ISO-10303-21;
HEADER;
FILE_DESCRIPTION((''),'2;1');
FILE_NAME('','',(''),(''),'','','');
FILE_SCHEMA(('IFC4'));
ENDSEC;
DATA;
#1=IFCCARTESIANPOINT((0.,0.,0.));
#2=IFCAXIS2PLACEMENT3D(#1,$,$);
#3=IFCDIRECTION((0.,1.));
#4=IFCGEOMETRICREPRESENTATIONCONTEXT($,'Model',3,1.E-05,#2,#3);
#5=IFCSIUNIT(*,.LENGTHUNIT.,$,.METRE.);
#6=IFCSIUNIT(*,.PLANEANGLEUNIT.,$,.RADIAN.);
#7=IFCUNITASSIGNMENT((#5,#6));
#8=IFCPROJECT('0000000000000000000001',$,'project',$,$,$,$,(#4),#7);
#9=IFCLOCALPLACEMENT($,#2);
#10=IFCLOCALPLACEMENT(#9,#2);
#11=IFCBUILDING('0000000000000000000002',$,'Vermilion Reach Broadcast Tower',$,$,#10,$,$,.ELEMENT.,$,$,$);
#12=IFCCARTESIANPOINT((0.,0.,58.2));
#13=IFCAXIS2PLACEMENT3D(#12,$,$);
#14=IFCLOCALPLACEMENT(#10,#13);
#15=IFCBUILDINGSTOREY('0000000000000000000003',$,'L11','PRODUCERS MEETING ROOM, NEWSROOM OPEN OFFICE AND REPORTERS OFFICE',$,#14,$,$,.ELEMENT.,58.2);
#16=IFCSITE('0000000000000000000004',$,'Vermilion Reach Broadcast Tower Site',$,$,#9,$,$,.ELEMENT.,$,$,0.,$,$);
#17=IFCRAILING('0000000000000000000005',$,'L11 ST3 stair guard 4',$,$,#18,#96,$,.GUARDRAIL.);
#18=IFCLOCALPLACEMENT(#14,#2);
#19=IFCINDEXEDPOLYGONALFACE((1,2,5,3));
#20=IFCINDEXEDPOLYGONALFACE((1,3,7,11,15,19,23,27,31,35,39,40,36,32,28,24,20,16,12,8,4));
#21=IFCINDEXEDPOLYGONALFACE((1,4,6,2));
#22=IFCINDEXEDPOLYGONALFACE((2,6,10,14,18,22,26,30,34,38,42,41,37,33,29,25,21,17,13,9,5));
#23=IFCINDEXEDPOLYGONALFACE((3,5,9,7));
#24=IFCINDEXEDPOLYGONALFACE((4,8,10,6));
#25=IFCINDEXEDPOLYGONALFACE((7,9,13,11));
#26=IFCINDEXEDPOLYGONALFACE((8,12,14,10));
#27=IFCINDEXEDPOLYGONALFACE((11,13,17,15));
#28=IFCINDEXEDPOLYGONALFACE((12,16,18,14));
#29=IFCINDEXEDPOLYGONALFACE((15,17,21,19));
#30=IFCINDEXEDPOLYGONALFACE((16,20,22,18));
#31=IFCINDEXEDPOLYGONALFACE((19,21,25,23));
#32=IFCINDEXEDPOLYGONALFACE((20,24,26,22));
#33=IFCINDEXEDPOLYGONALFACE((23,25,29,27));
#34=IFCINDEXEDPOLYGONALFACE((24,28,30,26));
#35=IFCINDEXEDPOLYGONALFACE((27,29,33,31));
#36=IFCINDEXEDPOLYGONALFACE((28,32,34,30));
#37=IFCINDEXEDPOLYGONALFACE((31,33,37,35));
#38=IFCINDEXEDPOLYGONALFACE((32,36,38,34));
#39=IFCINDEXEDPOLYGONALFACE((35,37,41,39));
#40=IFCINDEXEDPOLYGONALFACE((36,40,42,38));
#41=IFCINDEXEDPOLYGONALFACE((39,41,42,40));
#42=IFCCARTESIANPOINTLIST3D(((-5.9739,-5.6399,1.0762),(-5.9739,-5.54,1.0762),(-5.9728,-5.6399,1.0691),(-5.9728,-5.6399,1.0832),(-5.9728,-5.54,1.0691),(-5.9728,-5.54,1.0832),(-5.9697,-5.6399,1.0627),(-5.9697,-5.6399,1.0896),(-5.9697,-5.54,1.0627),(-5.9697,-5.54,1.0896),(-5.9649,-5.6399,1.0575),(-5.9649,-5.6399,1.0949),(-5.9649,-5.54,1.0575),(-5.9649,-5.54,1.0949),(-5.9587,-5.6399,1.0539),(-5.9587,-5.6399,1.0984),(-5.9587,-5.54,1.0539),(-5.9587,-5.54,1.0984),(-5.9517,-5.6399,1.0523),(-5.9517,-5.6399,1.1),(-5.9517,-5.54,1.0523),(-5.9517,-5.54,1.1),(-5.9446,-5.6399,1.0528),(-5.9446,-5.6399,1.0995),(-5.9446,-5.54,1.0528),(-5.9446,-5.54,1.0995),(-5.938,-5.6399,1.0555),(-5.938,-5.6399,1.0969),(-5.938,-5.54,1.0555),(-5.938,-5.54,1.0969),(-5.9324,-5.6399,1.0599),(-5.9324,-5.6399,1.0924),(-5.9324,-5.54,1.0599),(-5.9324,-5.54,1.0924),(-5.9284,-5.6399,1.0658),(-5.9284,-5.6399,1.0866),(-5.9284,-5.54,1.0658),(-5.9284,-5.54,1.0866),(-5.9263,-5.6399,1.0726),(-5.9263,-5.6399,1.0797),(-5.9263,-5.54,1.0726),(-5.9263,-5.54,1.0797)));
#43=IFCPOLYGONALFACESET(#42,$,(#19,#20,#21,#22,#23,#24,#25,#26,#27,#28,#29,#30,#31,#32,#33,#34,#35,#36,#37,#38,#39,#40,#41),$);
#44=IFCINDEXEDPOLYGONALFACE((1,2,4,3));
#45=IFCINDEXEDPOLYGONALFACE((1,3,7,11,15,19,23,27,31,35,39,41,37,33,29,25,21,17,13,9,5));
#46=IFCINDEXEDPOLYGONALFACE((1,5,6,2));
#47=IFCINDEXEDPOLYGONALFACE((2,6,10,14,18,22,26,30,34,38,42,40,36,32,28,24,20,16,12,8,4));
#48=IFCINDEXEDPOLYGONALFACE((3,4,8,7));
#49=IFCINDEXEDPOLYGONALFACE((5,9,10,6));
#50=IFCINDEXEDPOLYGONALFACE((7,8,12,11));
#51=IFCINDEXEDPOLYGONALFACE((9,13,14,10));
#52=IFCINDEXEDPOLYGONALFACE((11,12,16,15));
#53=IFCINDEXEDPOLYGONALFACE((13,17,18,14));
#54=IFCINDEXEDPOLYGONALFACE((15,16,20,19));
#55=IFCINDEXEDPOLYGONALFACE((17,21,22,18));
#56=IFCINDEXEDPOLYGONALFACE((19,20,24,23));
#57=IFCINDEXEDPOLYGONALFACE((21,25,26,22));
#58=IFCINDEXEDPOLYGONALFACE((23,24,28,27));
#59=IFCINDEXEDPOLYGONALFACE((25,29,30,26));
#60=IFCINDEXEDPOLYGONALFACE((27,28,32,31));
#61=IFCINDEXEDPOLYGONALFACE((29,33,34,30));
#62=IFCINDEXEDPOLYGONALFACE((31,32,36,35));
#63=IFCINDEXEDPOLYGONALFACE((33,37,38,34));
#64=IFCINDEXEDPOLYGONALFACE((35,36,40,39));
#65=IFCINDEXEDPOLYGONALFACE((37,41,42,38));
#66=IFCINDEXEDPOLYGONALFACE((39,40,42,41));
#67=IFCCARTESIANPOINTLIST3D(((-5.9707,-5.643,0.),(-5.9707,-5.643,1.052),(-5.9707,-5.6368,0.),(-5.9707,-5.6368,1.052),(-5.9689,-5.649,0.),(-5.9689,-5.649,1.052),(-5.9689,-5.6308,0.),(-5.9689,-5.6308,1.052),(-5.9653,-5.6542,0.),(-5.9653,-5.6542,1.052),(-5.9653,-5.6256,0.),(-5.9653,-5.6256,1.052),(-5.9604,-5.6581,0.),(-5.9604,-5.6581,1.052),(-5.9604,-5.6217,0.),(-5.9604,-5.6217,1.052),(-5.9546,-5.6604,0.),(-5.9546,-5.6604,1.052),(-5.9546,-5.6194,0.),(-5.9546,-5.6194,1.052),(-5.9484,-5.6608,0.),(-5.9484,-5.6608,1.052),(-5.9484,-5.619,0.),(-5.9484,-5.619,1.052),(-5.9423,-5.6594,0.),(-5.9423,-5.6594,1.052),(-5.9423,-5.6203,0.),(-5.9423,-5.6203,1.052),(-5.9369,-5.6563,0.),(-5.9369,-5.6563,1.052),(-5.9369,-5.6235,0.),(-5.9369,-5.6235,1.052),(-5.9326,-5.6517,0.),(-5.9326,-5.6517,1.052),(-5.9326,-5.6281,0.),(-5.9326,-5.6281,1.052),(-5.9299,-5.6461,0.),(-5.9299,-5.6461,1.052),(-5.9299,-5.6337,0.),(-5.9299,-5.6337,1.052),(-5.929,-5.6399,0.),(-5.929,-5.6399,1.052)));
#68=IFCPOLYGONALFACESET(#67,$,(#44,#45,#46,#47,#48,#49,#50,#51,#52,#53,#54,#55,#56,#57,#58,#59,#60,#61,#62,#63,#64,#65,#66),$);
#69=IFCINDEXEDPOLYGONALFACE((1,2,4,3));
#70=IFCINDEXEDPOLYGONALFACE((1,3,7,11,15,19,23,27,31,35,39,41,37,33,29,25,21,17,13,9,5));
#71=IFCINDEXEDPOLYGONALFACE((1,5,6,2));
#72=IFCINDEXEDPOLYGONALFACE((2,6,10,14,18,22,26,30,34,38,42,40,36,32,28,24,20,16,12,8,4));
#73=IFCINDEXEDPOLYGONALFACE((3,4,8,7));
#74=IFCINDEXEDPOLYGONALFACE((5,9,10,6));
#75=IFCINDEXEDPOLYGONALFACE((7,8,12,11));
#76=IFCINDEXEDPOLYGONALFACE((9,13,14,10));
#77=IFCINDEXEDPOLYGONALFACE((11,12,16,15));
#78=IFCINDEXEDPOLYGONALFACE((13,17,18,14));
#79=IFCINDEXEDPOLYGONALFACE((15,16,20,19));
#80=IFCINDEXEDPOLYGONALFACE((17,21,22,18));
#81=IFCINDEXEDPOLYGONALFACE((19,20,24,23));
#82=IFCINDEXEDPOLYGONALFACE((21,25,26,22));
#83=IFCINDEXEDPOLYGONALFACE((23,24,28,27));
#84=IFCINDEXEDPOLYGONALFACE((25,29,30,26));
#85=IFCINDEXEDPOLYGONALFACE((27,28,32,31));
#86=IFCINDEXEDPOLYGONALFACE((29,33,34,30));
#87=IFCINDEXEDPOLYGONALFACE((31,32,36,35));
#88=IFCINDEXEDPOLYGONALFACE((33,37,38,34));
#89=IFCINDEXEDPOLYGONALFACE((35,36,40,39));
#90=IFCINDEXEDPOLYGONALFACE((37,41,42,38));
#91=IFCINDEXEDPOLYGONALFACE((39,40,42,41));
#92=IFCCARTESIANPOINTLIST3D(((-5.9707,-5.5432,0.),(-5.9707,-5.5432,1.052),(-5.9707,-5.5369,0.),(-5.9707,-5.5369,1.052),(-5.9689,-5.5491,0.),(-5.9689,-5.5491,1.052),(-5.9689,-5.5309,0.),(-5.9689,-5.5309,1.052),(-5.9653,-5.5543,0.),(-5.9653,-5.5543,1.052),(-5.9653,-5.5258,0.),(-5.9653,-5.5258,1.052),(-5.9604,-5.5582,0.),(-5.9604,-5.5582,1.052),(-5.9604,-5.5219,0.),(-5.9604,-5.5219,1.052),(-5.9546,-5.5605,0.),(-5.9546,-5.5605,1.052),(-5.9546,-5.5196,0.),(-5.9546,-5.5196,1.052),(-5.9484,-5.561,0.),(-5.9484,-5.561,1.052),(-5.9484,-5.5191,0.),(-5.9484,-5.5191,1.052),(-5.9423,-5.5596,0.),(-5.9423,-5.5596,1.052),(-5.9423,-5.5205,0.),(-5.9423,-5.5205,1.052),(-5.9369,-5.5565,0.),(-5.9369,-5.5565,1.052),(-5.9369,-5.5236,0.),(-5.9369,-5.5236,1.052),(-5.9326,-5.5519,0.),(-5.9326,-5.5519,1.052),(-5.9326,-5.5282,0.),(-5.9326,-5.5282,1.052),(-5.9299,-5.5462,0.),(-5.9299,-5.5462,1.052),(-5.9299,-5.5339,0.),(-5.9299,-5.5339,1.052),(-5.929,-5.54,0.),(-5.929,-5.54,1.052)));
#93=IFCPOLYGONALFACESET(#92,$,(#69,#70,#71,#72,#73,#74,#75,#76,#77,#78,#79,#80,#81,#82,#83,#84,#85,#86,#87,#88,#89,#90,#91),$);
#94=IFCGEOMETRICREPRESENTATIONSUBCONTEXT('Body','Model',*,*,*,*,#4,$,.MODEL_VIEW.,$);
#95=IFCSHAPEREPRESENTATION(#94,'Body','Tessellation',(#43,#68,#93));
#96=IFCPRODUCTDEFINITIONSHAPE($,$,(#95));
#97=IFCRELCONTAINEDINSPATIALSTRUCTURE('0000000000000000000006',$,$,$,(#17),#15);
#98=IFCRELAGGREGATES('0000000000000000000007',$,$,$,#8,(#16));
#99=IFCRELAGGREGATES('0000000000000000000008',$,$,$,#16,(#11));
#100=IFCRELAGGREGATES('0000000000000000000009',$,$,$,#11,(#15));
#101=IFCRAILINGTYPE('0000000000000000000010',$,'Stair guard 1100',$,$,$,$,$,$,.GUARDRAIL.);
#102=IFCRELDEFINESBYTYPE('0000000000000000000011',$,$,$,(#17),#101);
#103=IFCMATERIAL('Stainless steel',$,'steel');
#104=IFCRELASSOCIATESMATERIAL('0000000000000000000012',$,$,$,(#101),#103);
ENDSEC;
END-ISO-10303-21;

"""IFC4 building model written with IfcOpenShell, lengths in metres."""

from ifc_helpers import new_model, si_unit, direction, frame, origin, origin_2d, place, context, subcontext, project, spatial, circle, extrude, material, type_object, element, save


model = new_model("IFC4")

# Units and contexts
model_context = context("Model", 3, precision=1e-05, world=origin(), true_north=direction((0.0, 1.0)))
body_context = subcontext(model_context, "Body", "Model", "MODEL_VIEW")
ifc_project = project(units=[si_unit("LENGTHUNIT", "METRE"), si_unit("PLANEANGLEUNIT", "RADIAN")], contexts=[model_context])

# Site, building, storey
site_placement = place(None, origin())
site = spatial("IfcSite", under=ifc_project, at=site_placement, Name="Vermilion Reach Broadcast Tower Site", CompositionType="ELEMENT", RefElevation=0.0)
building_placement = place(site_placement, origin())
building = spatial("IfcBuilding", under=site, at=building_placement, Name="Vermilion Reach Broadcast Tower", CompositionType="ELEMENT")
storey_placement = place(building_placement, frame((0.0, 0.0, 58.2)))
storey = spatial("IfcBuildingStorey", under=building, at=storey_placement, Name="L11", Description="PRODUCERS MEETING ROOM, NEWSROOM OPEN OFFICE AND REPORTERS OFFICE", CompositionType="ELEMENT", Elevation=58.2)

# Railing
ifc_material_1 = material(Name="Stainless steel", Category="steel")
railing_type_1 = type_object("IfcRailingType", Name="Stair guard 1100", PredefinedType="GUARDRAIL", material=ifc_material_1)
railing_1_placement = place(storey_placement, frame((-5.95, -5.6399, 0.0)))
element("IfcRailing", 1, at=railing_1_placement, inside=storey, type_object=railing_type_1, Name="L11 ST3 stair guard 4", PredefinedType="GUARDRAIL", context=body_context, shape_type="SweptSolid", body=[
    extrude(circle(Radius=0.0239, at=origin_2d()), frame((0.0, 0.0, 1.0762), z_axis=(0.0, 1.0, 0.0), x_axis=(-1.0, 0.0, 0.0)), (0.0, 0.0, 1.0), 0.0999),
    extrude(circle(Radius=0.021, at=origin_2d()), origin(), (0.0, 0.0, 1.0), 1.052),
    extrude(circle(Radius=0.021, at=origin_2d()), frame((0.0, 0.0999, 0.0)), (0.0, 0.0, 1.0), 1.052),
])

save(model, "model.ifc")
